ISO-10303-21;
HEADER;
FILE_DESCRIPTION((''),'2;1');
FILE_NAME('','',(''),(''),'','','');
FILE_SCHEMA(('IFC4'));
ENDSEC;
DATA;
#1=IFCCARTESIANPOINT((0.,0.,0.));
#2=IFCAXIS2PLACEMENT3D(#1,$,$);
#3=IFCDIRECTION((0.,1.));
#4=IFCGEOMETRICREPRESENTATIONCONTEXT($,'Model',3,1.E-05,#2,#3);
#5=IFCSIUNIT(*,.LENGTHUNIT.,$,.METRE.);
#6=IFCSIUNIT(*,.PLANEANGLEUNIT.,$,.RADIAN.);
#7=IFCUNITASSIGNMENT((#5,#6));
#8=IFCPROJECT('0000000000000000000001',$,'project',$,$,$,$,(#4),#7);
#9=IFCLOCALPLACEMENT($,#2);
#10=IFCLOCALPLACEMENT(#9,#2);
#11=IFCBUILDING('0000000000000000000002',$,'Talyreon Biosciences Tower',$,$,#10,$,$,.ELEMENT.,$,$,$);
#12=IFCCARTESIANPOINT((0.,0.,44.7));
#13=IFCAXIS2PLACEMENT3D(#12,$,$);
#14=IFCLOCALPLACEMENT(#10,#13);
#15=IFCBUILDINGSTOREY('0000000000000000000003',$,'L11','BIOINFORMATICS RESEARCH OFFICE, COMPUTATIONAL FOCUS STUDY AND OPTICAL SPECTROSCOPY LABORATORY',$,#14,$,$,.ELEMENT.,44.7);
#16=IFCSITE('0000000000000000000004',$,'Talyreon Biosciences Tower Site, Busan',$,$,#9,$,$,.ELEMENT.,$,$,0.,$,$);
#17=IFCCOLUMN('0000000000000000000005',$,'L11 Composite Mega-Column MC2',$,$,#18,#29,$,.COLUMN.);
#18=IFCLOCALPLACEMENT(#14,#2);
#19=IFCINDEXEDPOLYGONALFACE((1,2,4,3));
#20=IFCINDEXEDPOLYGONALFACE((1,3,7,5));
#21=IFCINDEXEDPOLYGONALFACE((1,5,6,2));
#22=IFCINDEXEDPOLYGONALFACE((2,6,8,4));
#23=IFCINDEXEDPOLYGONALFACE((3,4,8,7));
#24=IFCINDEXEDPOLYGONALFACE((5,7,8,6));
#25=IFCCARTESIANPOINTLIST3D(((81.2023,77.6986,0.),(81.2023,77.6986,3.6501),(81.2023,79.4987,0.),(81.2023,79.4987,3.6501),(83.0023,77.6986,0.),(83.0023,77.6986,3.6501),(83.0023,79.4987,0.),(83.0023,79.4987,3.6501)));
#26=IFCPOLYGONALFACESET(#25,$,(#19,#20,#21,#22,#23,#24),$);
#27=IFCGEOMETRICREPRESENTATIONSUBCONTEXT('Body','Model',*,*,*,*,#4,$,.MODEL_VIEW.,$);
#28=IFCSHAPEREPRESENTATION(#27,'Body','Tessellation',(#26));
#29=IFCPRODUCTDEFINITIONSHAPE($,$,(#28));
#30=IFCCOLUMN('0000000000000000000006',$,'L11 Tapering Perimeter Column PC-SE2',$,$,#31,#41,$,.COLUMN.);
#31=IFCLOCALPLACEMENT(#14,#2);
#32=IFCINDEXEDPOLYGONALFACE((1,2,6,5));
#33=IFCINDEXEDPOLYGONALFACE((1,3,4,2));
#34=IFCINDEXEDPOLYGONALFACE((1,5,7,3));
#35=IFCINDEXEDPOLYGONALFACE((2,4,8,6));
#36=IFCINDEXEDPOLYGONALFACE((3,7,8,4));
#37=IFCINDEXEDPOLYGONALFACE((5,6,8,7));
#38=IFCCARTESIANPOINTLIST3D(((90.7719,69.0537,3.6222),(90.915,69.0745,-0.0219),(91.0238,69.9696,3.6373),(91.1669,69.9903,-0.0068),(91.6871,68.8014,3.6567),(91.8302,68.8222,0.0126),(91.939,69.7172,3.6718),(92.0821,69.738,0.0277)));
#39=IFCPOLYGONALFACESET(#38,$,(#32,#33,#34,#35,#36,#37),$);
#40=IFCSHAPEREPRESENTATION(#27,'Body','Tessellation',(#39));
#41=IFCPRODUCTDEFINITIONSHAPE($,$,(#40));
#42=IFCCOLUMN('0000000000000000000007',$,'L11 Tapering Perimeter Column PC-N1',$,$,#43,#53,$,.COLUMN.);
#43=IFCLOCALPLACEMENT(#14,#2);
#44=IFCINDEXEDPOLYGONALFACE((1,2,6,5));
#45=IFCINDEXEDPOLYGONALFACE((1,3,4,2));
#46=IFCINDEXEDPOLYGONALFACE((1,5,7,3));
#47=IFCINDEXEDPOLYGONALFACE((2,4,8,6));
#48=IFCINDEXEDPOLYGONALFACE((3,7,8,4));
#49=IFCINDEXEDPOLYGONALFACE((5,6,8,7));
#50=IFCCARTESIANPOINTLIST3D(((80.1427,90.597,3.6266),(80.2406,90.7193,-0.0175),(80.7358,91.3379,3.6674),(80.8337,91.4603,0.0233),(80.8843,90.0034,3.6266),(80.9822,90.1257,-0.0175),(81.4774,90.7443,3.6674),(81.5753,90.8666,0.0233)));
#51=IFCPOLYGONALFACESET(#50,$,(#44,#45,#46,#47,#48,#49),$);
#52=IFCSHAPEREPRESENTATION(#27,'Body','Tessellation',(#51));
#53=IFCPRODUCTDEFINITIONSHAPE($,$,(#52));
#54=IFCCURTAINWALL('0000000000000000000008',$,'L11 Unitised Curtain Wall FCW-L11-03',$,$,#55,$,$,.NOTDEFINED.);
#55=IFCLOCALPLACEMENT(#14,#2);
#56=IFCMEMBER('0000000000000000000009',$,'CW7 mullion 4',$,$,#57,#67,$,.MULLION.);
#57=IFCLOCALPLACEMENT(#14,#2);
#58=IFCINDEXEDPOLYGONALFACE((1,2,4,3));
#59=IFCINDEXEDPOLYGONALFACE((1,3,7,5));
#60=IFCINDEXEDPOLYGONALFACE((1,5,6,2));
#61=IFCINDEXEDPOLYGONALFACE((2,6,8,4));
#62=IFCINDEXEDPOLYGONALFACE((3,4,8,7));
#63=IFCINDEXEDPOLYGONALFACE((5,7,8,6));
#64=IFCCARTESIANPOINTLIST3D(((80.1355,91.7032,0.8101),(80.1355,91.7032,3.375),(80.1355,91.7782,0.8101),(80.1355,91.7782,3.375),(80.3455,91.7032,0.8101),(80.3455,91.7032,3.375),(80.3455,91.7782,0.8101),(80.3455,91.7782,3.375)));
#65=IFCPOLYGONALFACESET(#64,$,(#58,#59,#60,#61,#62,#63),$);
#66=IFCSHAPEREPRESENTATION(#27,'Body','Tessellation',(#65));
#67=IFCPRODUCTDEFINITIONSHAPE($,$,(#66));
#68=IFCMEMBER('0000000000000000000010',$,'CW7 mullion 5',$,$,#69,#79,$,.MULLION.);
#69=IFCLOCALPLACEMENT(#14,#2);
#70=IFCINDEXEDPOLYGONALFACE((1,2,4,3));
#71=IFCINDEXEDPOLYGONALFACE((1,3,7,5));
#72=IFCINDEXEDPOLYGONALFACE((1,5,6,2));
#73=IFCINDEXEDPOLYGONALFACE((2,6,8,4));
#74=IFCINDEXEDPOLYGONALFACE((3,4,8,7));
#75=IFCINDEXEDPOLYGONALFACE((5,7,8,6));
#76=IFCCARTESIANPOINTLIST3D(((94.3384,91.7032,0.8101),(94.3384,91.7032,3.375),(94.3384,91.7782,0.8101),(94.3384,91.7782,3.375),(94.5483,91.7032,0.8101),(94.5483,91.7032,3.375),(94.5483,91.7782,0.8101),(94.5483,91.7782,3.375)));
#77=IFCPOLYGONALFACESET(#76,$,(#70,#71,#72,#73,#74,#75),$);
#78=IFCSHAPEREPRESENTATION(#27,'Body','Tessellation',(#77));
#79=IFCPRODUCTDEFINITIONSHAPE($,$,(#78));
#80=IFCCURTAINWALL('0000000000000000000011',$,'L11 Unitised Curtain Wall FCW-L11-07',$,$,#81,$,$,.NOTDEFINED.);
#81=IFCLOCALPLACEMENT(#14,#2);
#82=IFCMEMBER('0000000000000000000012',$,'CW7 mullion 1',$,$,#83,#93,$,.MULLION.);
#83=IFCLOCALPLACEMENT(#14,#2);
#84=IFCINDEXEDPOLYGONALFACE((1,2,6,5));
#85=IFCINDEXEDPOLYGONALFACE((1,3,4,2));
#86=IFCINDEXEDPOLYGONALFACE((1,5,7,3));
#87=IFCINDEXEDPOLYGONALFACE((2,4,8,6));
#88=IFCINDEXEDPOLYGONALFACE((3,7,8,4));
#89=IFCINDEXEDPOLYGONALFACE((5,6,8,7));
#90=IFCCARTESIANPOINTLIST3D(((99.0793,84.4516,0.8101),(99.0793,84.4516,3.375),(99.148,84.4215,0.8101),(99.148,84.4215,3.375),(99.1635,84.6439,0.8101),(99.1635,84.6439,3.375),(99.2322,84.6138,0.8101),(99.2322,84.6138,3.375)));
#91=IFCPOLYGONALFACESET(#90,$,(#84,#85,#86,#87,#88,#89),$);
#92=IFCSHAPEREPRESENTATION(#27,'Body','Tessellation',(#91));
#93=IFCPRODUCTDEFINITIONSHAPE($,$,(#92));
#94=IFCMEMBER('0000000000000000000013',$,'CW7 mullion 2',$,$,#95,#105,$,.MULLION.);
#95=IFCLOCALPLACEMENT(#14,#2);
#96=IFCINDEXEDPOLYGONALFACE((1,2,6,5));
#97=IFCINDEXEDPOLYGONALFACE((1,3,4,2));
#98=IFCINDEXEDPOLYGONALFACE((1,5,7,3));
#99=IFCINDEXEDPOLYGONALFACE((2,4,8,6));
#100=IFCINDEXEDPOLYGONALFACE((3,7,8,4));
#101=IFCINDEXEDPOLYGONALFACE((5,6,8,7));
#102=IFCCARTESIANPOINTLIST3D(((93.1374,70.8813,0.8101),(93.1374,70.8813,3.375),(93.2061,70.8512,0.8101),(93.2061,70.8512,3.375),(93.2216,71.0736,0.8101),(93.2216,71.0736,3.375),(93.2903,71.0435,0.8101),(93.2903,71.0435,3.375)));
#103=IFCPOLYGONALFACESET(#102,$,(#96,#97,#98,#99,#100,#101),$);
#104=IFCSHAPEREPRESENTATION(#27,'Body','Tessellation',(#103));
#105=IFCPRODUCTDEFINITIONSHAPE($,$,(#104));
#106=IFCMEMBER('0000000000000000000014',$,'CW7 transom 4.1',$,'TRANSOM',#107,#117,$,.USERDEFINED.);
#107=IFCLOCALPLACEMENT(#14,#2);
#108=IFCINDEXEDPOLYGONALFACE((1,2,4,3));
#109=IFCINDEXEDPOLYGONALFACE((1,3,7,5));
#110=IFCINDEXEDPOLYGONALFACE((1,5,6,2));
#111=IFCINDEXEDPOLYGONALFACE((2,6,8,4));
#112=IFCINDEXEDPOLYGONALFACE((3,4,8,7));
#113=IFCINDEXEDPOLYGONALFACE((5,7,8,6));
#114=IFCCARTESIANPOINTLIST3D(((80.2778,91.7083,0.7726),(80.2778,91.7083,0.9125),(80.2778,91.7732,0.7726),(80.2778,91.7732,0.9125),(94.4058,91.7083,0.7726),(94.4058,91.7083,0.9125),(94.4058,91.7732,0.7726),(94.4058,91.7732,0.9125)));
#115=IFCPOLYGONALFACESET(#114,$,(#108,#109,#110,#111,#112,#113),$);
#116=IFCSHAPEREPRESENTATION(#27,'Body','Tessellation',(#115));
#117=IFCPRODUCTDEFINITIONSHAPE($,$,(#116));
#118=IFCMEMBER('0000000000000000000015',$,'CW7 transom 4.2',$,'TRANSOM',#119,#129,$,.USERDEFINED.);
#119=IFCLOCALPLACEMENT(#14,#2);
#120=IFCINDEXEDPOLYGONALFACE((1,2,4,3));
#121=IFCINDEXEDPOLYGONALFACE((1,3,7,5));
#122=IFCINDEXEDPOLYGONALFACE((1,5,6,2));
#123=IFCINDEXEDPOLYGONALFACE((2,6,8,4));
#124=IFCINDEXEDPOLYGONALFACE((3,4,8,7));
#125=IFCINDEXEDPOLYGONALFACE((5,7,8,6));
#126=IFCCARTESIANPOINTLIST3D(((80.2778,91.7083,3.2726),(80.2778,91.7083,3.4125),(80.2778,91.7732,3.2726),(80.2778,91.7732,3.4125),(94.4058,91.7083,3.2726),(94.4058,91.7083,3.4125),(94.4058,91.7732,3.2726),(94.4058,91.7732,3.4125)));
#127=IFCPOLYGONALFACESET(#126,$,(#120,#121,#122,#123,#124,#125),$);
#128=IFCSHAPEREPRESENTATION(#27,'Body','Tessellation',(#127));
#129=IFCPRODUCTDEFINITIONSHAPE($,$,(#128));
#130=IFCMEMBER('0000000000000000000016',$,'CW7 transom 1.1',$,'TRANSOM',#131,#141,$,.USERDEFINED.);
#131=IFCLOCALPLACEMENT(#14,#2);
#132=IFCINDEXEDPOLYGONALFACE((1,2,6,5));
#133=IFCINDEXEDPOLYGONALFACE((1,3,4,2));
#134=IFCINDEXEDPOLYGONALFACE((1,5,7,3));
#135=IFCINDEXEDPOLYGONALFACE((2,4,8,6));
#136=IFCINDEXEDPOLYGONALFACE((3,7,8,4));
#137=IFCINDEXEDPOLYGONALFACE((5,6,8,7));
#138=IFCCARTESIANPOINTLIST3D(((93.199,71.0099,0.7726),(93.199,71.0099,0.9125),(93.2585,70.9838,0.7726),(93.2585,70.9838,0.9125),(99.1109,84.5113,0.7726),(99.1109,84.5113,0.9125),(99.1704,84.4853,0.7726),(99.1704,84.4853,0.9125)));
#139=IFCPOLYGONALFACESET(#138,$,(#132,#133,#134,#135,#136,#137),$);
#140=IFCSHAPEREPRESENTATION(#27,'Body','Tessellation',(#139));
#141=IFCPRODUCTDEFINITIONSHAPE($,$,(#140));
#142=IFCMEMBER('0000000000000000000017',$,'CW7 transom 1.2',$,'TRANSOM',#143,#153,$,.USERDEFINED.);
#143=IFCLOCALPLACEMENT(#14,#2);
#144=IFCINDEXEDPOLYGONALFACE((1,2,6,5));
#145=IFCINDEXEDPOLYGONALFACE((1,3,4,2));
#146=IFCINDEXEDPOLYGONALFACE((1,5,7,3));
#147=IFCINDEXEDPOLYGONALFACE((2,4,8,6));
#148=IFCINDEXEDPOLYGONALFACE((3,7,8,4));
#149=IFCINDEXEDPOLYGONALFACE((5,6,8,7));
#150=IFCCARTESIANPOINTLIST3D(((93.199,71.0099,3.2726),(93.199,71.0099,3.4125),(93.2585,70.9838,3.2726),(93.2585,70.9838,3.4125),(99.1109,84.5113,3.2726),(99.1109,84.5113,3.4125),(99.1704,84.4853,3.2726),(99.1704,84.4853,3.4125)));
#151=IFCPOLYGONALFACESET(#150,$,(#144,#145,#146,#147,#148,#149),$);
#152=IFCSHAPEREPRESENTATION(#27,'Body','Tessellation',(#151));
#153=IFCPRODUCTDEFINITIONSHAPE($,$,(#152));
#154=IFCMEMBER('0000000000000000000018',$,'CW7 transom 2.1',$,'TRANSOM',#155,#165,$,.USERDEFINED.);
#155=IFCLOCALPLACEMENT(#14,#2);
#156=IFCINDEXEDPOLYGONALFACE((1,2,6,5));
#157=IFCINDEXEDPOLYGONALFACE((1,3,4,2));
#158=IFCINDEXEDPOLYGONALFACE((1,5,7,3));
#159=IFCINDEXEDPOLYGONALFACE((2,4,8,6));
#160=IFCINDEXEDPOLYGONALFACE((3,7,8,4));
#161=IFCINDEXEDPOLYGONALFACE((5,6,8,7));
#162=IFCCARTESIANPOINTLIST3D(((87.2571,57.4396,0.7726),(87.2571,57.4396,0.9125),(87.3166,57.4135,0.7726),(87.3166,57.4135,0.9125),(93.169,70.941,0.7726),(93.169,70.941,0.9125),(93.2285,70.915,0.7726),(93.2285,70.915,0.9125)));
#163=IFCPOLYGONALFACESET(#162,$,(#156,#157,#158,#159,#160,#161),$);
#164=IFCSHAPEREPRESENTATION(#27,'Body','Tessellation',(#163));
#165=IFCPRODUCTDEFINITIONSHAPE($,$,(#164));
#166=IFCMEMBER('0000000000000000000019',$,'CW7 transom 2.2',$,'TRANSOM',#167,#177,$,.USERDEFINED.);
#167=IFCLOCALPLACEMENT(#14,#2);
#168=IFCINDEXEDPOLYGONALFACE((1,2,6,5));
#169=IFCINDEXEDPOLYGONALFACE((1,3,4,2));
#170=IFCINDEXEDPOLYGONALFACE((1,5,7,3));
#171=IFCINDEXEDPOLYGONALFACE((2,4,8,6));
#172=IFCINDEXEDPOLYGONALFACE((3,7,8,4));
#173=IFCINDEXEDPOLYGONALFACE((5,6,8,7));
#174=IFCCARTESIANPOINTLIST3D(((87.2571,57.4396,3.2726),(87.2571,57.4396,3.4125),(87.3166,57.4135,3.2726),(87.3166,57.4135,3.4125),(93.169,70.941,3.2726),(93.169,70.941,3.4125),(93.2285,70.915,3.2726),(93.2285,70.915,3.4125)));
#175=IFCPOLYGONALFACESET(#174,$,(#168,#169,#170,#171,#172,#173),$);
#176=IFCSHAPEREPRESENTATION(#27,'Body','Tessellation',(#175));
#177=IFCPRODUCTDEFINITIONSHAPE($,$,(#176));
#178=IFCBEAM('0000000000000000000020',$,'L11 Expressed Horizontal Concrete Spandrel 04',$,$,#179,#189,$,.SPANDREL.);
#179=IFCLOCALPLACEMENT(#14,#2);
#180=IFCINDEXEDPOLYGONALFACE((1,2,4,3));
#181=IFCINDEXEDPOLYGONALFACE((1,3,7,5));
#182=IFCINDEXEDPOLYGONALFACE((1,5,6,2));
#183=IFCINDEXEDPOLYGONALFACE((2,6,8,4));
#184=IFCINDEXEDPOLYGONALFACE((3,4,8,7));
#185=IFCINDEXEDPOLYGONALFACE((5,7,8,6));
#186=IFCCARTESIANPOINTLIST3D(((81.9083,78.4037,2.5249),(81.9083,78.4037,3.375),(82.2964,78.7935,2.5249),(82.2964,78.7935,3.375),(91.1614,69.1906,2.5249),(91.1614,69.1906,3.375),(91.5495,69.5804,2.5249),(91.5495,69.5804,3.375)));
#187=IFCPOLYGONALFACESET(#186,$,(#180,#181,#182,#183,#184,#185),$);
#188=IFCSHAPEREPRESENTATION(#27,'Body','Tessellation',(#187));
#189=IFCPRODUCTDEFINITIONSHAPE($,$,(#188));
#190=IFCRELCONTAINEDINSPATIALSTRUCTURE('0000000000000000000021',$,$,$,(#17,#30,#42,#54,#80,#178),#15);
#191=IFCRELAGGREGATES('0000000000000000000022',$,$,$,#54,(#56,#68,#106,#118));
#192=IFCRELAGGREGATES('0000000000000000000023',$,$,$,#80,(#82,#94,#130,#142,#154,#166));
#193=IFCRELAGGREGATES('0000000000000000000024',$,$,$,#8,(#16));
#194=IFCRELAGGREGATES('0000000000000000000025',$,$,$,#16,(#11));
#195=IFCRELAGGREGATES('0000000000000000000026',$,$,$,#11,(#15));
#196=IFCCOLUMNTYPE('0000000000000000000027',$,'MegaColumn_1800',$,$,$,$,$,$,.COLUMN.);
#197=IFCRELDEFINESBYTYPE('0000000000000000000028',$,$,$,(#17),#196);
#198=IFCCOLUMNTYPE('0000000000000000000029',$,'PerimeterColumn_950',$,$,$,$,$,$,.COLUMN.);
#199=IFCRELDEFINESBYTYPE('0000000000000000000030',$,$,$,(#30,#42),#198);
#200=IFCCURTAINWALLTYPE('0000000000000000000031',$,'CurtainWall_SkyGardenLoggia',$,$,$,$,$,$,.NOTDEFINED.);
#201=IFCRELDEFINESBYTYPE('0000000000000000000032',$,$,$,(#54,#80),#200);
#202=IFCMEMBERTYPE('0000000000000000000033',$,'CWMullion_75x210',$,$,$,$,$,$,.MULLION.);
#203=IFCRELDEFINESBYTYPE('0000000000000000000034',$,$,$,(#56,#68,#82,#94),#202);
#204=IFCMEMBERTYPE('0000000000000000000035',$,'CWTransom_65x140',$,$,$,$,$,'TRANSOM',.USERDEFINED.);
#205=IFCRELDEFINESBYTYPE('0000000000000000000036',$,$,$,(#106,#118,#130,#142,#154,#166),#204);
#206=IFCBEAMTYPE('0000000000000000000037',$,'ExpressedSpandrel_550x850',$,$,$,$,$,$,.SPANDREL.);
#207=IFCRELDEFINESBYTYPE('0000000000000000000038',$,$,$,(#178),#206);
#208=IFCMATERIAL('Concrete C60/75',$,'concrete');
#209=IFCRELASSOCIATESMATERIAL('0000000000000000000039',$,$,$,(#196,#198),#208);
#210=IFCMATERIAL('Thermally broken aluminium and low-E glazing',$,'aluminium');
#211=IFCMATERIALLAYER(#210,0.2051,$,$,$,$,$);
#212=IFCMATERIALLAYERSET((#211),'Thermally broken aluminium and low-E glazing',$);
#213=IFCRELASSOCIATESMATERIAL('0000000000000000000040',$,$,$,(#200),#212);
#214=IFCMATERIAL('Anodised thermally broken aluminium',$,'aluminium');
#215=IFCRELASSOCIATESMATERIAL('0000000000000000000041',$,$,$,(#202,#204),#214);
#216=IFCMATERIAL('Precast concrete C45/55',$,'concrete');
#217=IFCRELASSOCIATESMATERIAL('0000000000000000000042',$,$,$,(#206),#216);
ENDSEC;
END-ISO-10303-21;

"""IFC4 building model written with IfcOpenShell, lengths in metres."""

from ifc_helpers import new_model, si_unit, direction, frame, origin, origin_2d, place, context, subcontext, project, spatial, rectangle, extrude, material, layer, layer_set, material_profile, profile_set, type_object, element, aggregate, save


model = new_model("IFC4")

# Units and contexts
model_context = context("Model", 3, precision=1e-05, world=origin(), true_north=direction((0.0, 1.0)))
body_context = subcontext(model_context, "Body", "Model", "MODEL_VIEW")
ifc_project = project(units=[si_unit("LENGTHUNIT", "METRE"), si_unit("PLANEANGLEUNIT", "RADIAN")], contexts=[model_context])

# Site, building, storey
site_placement = place(None, origin())
site = spatial("IfcSite", under=ifc_project, at=site_placement, Name="Talyreon Biosciences Tower Site, Busan", CompositionType="ELEMENT", RefElevation=0.0)
building_placement = place(site_placement, origin())
building = spatial("IfcBuilding", under=site, at=building_placement, Name="Talyreon Biosciences Tower", CompositionType="ELEMENT")
storey_placement = place(building_placement, frame((0.0, 0.0, 44.7)))
storey = spatial("IfcBuildingStorey", under=building, at=storey_placement, Name="L11", Description="BIOINFORMATICS RESEARCH OFFICE, COMPUTATIONAL FOCUS STUDY AND OPTICAL SPECTROSCOPY LABORATORY", CompositionType="ELEMENT", Elevation=44.7)

# Columns
ifc_material_1 = material(Name="Concrete C60/75", Category="concrete")
ifc_material_profile_1 = material_profile(ifc_material_1, rectangle(XDim=1.8, YDim=1.8, at=origin_2d()), Name="RC 1800x1800")
ifc_profile_set_1 = profile_set([ifc_material_profile_1], Name="Concrete C60/75")
column_type_1 = type_object("IfcColumnType", Name="MegaColumn_1800", PredefinedType="COLUMN", material=ifc_profile_set_1)
column_1_placement = place(storey_placement, frame((82.1023, 78.5986, 0.0), z_axis=(0.0, 0.0, 1.0), x_axis=(1.0, 0.0, 0.0)))
element("IfcColumn", 1, at=column_1_placement, inside=storey, type_object=column_type_1, Name="L11 Composite Mega-Column MC2", PredefinedType="COLUMN", context=body_context, shape_type="SweptSolid", body=[
    extrude(rectangle(XDim=1.8, YDim=1.8, at=origin_2d()), origin(), (0.0, 0.0, 1.0), 3.6501),
])
ifc_material_profile_2 = material_profile(ifc_material_1, rectangle(XDim=0.95, YDim=0.95, at=origin_2d()), Name="RC 950x950")
ifc_profile_set_2 = profile_set([ifc_material_profile_2], Name="Concrete C60/75")
column_type_2 = type_object("IfcColumnType", Name="PerimeterColumn_950", PredefinedType="COLUMN", material=ifc_profile_set_2)
column_2_placement = place(storey_placement, frame((91.4985, 69.4062, 0.0029), z_axis=(-0.039229, -0.00569, 0.999214), x_axis=(0.963398, -0.265605, 0.036311)))
element("IfcColumn", 2, at=column_2_placement, inside=storey, type_object=column_type_2, Name="L11 Tapering Perimeter Column PC-SE2", PredefinedType="COLUMN", context=body_context, shape_type="SweptSolid", body=[
    extrude(rectangle(XDim=0.95, YDim=0.95, at=origin_2d()), origin(), (0.0, 0.0, 1.0), 3.647),
])
column_3_placement = place(storey_placement, frame((80.908, 90.793, 0.0029), z_axis=(-0.026841, -0.033535, 0.999077), x_axis=(-0.780717, 0.624885, 0.0)))
element("IfcColumn", 3, at=column_3_placement, inside=storey, type_object=column_type_2, Name="L11 Tapering Perimeter Column PC-N1", PredefinedType="COLUMN", context=body_context, shape_type="SweptSolid", body=[
    extrude(rectangle(XDim=0.95, YDim=0.95, at=origin_2d()), origin(), (0.0, 0.0, 1.0), 3.6475),
])

# Curtain walls, members
ifc_material_2 = material(Name="Thermally broken aluminium and low-E glazing", Category="aluminium")
ifc_layer_1 = layer(ifc_material_2, 0.2051)
ifc_layer_set_1 = layer_set([ifc_layer_1], Name="Thermally broken aluminium and low-E glazing")
curtain_wall_type = type_object("IfcCurtainWallType", Name="CurtainWall_SkyGardenLoggia", PredefinedType="NOTDEFINED", material=ifc_layer_set_1)
curtain_wall_1_placement = place(storey_placement, origin())
curtain_wall_1 = element("IfcCurtainWall", 4, at=curtain_wall_1_placement, inside=storey, type_object=curtain_wall_type, Name="L11 Unitised Curtain Wall FCW-L11-03", PredefinedType="NOTDEFINED")
ifc_material_3 = material(Name="Anodised thermally broken aluminium", Category="aluminium")
ifc_material_profile_3 = material_profile(ifc_material_3, rectangle(XDim=0.075, YDim=0.21, at=origin_2d()), Name="ALUM MULLION 75x210")
ifc_profile_set_3 = profile_set([ifc_material_profile_3], Name="Anodised thermally broken aluminium")
member_type_1 = type_object("IfcMemberType", Name="CWMullion_75x210", PredefinedType="MULLION", material=ifc_profile_set_3)
member_1_placement = place(storey_placement, frame((80.2405, 91.7407, 0.8101), z_axis=(0.0, 0.0, 1.0), x_axis=(0.0, 1.0, 0.0)))
member_1 = element("IfcMember", 5, at=member_1_placement, type_object=member_type_1, Name="CW7 mullion 4", PredefinedType="MULLION", context=body_context, shape_type="SweptSolid", body=[
    extrude(rectangle(XDim=0.075, YDim=0.21, at=origin_2d()), origin(), (0.0, 0.0, 1.0), 2.5649),
])
member_2_placement = place(storey_placement, frame((94.4434, 91.7407, 0.8101), z_axis=(0.0, 0.0, 1.0), x_axis=(0.0, 1.0, 0.0)))
member_2 = element("IfcMember", 6, at=member_2_placement, type_object=member_type_1, Name="CW7 mullion 5", PredefinedType="MULLION", context=body_context, shape_type="SweptSolid", body=[
    extrude(rectangle(XDim=0.075, YDim=0.21, at=origin_2d()), origin(), (0.0, 0.0, 1.0), 2.5649),
])
curtain_wall_2_placement = place(storey_placement, origin())
curtain_wall_2 = element("IfcCurtainWall", 7, at=curtain_wall_2_placement, inside=storey, type_object=curtain_wall_type, Name="L11 Unitised Curtain Wall FCW-L11-07", PredefinedType="NOTDEFINED")
member_3_placement = place(storey_placement, frame((99.1558, 84.5327, 0.8101), z_axis=(0.0, 0.0, 1.0), x_axis=(0.916035, -0.401098, 0.0)))
member_3 = element("IfcMember", 8, at=member_3_placement, type_object=member_type_1, Name="CW7 mullion 1", PredefinedType="MULLION", context=body_context, shape_type="SweptSolid", body=[
    extrude(rectangle(XDim=0.075, YDim=0.21, at=origin_2d()), origin(), (0.0, 0.0, 1.0), 2.5649),
])
member_4_placement = place(storey_placement, frame((93.2139, 70.9624, 0.8101), z_axis=(0.0, 0.0, 1.0), x_axis=(0.916035, -0.401098, 0.0)))
member_4 = element("IfcMember", 9, at=member_4_placement, type_object=member_type_1, Name="CW7 mullion 2", PredefinedType="MULLION", context=body_context, shape_type="SweptSolid", body=[
    extrude(rectangle(XDim=0.075, YDim=0.21, at=origin_2d()), origin(), (0.0, 0.0, 1.0), 2.5649),
])

# Members
ifc_material_profile_4 = material_profile(ifc_material_3, rectangle(XDim=0.0649, YDim=0.1399, at=origin_2d()), Name="ALUM TRANSOM 65x140")
ifc_profile_set_4 = profile_set([ifc_material_profile_4], Name="Anodised thermally broken aluminium")
member_type_2 = type_object("IfcMemberType", Name="CWTransom_65x140", ElementType="TRANSOM", PredefinedType="USERDEFINED", material=ifc_profile_set_4)
member_5_placement = place(storey_placement, frame((80.2778, 91.7407, 0.8425), z_axis=(1.0, 0.0, 0.0), x_axis=(0.0, 1.0, 0.0)))
member_5 = element("IfcMember", 10, at=member_5_placement, type_object=member_type_2, Name="CW7 transom 4.1", ObjectType="TRANSOM", PredefinedType="USERDEFINED", context=body_context, shape_type="SweptSolid", body=[
    extrude(rectangle(XDim=0.0649, YDim=0.1399, at=origin_2d()), origin(), (0.0, 0.0, 1.0), 14.1279),
])
member_6_placement = place(storey_placement, frame((80.2778, 91.7407, 3.3425), z_axis=(1.0, 0.0, 0.0), x_axis=(0.0, 1.0, 0.0)))
member_6 = element("IfcMember", 11, at=member_6_placement, type_object=member_type_2, Name="CW7 transom 4.2", ObjectType="TRANSOM", PredefinedType="USERDEFINED", context=body_context, shape_type="SweptSolid", body=[
    extrude(rectangle(XDim=0.0649, YDim=0.1399, at=origin_2d()), origin(), (0.0, 0.0, 1.0), 14.1279),
])
member_7_placement = place(storey_placement, frame((99.1406, 84.4983, 0.8425), z_axis=(-0.401102, -0.916033, 0.0), x_axis=(0.916033, -0.401102, 0.0)))
member_7 = element("IfcMember", 12, at=member_7_placement, type_object=member_type_2, Name="CW7 transom 1.1", ObjectType="TRANSOM", PredefinedType="USERDEFINED", context=body_context, shape_type="SweptSolid", body=[
    extrude(rectangle(XDim=0.0649, YDim=0.1399, at=origin_2d()), origin(), (0.0, 0.0, 1.0), 14.739),
])
member_8_placement = place(storey_placement, frame((99.1406, 84.4983, 3.3425), z_axis=(-0.401102, -0.916033, 0.0), x_axis=(0.916033, -0.401102, 0.0)))
member_8 = element("IfcMember", 13, at=member_8_placement, type_object=member_type_2, Name="CW7 transom 1.2", ObjectType="TRANSOM", PredefinedType="USERDEFINED", context=body_context, shape_type="SweptSolid", body=[
    extrude(rectangle(XDim=0.0649, YDim=0.1399, at=origin_2d()), origin(), (0.0, 0.0, 1.0), 14.739),
])
member_9_placement = place(storey_placement, frame((93.1987, 70.928, 0.8425), z_axis=(-0.401102, -0.916033, 0.0), x_axis=(0.916033, -0.401102, 0.0)))
member_9 = element("IfcMember", 14, at=member_9_placement, type_object=member_type_2, Name="CW7 transom 2.1", ObjectType="TRANSOM", PredefinedType="USERDEFINED", context=body_context, shape_type="SweptSolid", body=[
    extrude(rectangle(XDim=0.0649, YDim=0.1399, at=origin_2d()), origin(), (0.0, 0.0, 1.0), 14.739),
])
member_10_placement = place(storey_placement, frame((93.1987, 70.928, 3.3425), z_axis=(-0.401102, -0.916033, 0.0), x_axis=(0.916033, -0.401102, 0.0)))
member_10 = element("IfcMember", 15, at=member_10_placement, type_object=member_type_2, Name="CW7 transom 2.2", ObjectType="TRANSOM", PredefinedType="USERDEFINED", context=body_context, shape_type="SweptSolid", body=[
    extrude(rectangle(XDim=0.0649, YDim=0.1399, at=origin_2d()), origin(), (0.0, 0.0, 1.0), 14.739),
])

# Beam
ifc_material_4 = material(Name="Precast concrete C45/55", Category="concrete")
ifc_material_profile_5 = material_profile(ifc_material_4, rectangle(XDim=0.55, YDim=0.8501, at=origin_2d()), Name="RCB 550x850")
ifc_profile_set_5 = profile_set([ifc_material_profile_5], Name="Precast concrete C45/55")
beam_type_1 = type_object("IfcBeamType", Name="ExpressedSpandrel_550x850", PredefinedType="SPANDREL", material=ifc_profile_set_5)
beam_1_placement = place(storey_placement, frame((91.3555, 69.3855, 2.95), z_axis=(-0.708638, 0.705572, 0.0), x_axis=(-0.705572, -0.708638, 0.0)))
element("IfcBeam", 16, at=beam_1_placement, inside=storey, type_object=beam_type_1, Name="L11 Expressed Horizontal Concrete Spandrel 04", PredefinedType="SPANDREL", context=body_context, shape_type="SweptSolid", body=[
    extrude(rectangle(XDim=0.55, YDim=0.8501, at=origin_2d()), origin(), (0.0, 0.0, 1.0), 13.0576),
])

aggregate(curtain_wall_1, [member_1, member_2, member_5, member_6])
aggregate(curtain_wall_2, [member_3, member_4, member_7, member_8, member_9, member_10])

save(model, "model.ifc")
